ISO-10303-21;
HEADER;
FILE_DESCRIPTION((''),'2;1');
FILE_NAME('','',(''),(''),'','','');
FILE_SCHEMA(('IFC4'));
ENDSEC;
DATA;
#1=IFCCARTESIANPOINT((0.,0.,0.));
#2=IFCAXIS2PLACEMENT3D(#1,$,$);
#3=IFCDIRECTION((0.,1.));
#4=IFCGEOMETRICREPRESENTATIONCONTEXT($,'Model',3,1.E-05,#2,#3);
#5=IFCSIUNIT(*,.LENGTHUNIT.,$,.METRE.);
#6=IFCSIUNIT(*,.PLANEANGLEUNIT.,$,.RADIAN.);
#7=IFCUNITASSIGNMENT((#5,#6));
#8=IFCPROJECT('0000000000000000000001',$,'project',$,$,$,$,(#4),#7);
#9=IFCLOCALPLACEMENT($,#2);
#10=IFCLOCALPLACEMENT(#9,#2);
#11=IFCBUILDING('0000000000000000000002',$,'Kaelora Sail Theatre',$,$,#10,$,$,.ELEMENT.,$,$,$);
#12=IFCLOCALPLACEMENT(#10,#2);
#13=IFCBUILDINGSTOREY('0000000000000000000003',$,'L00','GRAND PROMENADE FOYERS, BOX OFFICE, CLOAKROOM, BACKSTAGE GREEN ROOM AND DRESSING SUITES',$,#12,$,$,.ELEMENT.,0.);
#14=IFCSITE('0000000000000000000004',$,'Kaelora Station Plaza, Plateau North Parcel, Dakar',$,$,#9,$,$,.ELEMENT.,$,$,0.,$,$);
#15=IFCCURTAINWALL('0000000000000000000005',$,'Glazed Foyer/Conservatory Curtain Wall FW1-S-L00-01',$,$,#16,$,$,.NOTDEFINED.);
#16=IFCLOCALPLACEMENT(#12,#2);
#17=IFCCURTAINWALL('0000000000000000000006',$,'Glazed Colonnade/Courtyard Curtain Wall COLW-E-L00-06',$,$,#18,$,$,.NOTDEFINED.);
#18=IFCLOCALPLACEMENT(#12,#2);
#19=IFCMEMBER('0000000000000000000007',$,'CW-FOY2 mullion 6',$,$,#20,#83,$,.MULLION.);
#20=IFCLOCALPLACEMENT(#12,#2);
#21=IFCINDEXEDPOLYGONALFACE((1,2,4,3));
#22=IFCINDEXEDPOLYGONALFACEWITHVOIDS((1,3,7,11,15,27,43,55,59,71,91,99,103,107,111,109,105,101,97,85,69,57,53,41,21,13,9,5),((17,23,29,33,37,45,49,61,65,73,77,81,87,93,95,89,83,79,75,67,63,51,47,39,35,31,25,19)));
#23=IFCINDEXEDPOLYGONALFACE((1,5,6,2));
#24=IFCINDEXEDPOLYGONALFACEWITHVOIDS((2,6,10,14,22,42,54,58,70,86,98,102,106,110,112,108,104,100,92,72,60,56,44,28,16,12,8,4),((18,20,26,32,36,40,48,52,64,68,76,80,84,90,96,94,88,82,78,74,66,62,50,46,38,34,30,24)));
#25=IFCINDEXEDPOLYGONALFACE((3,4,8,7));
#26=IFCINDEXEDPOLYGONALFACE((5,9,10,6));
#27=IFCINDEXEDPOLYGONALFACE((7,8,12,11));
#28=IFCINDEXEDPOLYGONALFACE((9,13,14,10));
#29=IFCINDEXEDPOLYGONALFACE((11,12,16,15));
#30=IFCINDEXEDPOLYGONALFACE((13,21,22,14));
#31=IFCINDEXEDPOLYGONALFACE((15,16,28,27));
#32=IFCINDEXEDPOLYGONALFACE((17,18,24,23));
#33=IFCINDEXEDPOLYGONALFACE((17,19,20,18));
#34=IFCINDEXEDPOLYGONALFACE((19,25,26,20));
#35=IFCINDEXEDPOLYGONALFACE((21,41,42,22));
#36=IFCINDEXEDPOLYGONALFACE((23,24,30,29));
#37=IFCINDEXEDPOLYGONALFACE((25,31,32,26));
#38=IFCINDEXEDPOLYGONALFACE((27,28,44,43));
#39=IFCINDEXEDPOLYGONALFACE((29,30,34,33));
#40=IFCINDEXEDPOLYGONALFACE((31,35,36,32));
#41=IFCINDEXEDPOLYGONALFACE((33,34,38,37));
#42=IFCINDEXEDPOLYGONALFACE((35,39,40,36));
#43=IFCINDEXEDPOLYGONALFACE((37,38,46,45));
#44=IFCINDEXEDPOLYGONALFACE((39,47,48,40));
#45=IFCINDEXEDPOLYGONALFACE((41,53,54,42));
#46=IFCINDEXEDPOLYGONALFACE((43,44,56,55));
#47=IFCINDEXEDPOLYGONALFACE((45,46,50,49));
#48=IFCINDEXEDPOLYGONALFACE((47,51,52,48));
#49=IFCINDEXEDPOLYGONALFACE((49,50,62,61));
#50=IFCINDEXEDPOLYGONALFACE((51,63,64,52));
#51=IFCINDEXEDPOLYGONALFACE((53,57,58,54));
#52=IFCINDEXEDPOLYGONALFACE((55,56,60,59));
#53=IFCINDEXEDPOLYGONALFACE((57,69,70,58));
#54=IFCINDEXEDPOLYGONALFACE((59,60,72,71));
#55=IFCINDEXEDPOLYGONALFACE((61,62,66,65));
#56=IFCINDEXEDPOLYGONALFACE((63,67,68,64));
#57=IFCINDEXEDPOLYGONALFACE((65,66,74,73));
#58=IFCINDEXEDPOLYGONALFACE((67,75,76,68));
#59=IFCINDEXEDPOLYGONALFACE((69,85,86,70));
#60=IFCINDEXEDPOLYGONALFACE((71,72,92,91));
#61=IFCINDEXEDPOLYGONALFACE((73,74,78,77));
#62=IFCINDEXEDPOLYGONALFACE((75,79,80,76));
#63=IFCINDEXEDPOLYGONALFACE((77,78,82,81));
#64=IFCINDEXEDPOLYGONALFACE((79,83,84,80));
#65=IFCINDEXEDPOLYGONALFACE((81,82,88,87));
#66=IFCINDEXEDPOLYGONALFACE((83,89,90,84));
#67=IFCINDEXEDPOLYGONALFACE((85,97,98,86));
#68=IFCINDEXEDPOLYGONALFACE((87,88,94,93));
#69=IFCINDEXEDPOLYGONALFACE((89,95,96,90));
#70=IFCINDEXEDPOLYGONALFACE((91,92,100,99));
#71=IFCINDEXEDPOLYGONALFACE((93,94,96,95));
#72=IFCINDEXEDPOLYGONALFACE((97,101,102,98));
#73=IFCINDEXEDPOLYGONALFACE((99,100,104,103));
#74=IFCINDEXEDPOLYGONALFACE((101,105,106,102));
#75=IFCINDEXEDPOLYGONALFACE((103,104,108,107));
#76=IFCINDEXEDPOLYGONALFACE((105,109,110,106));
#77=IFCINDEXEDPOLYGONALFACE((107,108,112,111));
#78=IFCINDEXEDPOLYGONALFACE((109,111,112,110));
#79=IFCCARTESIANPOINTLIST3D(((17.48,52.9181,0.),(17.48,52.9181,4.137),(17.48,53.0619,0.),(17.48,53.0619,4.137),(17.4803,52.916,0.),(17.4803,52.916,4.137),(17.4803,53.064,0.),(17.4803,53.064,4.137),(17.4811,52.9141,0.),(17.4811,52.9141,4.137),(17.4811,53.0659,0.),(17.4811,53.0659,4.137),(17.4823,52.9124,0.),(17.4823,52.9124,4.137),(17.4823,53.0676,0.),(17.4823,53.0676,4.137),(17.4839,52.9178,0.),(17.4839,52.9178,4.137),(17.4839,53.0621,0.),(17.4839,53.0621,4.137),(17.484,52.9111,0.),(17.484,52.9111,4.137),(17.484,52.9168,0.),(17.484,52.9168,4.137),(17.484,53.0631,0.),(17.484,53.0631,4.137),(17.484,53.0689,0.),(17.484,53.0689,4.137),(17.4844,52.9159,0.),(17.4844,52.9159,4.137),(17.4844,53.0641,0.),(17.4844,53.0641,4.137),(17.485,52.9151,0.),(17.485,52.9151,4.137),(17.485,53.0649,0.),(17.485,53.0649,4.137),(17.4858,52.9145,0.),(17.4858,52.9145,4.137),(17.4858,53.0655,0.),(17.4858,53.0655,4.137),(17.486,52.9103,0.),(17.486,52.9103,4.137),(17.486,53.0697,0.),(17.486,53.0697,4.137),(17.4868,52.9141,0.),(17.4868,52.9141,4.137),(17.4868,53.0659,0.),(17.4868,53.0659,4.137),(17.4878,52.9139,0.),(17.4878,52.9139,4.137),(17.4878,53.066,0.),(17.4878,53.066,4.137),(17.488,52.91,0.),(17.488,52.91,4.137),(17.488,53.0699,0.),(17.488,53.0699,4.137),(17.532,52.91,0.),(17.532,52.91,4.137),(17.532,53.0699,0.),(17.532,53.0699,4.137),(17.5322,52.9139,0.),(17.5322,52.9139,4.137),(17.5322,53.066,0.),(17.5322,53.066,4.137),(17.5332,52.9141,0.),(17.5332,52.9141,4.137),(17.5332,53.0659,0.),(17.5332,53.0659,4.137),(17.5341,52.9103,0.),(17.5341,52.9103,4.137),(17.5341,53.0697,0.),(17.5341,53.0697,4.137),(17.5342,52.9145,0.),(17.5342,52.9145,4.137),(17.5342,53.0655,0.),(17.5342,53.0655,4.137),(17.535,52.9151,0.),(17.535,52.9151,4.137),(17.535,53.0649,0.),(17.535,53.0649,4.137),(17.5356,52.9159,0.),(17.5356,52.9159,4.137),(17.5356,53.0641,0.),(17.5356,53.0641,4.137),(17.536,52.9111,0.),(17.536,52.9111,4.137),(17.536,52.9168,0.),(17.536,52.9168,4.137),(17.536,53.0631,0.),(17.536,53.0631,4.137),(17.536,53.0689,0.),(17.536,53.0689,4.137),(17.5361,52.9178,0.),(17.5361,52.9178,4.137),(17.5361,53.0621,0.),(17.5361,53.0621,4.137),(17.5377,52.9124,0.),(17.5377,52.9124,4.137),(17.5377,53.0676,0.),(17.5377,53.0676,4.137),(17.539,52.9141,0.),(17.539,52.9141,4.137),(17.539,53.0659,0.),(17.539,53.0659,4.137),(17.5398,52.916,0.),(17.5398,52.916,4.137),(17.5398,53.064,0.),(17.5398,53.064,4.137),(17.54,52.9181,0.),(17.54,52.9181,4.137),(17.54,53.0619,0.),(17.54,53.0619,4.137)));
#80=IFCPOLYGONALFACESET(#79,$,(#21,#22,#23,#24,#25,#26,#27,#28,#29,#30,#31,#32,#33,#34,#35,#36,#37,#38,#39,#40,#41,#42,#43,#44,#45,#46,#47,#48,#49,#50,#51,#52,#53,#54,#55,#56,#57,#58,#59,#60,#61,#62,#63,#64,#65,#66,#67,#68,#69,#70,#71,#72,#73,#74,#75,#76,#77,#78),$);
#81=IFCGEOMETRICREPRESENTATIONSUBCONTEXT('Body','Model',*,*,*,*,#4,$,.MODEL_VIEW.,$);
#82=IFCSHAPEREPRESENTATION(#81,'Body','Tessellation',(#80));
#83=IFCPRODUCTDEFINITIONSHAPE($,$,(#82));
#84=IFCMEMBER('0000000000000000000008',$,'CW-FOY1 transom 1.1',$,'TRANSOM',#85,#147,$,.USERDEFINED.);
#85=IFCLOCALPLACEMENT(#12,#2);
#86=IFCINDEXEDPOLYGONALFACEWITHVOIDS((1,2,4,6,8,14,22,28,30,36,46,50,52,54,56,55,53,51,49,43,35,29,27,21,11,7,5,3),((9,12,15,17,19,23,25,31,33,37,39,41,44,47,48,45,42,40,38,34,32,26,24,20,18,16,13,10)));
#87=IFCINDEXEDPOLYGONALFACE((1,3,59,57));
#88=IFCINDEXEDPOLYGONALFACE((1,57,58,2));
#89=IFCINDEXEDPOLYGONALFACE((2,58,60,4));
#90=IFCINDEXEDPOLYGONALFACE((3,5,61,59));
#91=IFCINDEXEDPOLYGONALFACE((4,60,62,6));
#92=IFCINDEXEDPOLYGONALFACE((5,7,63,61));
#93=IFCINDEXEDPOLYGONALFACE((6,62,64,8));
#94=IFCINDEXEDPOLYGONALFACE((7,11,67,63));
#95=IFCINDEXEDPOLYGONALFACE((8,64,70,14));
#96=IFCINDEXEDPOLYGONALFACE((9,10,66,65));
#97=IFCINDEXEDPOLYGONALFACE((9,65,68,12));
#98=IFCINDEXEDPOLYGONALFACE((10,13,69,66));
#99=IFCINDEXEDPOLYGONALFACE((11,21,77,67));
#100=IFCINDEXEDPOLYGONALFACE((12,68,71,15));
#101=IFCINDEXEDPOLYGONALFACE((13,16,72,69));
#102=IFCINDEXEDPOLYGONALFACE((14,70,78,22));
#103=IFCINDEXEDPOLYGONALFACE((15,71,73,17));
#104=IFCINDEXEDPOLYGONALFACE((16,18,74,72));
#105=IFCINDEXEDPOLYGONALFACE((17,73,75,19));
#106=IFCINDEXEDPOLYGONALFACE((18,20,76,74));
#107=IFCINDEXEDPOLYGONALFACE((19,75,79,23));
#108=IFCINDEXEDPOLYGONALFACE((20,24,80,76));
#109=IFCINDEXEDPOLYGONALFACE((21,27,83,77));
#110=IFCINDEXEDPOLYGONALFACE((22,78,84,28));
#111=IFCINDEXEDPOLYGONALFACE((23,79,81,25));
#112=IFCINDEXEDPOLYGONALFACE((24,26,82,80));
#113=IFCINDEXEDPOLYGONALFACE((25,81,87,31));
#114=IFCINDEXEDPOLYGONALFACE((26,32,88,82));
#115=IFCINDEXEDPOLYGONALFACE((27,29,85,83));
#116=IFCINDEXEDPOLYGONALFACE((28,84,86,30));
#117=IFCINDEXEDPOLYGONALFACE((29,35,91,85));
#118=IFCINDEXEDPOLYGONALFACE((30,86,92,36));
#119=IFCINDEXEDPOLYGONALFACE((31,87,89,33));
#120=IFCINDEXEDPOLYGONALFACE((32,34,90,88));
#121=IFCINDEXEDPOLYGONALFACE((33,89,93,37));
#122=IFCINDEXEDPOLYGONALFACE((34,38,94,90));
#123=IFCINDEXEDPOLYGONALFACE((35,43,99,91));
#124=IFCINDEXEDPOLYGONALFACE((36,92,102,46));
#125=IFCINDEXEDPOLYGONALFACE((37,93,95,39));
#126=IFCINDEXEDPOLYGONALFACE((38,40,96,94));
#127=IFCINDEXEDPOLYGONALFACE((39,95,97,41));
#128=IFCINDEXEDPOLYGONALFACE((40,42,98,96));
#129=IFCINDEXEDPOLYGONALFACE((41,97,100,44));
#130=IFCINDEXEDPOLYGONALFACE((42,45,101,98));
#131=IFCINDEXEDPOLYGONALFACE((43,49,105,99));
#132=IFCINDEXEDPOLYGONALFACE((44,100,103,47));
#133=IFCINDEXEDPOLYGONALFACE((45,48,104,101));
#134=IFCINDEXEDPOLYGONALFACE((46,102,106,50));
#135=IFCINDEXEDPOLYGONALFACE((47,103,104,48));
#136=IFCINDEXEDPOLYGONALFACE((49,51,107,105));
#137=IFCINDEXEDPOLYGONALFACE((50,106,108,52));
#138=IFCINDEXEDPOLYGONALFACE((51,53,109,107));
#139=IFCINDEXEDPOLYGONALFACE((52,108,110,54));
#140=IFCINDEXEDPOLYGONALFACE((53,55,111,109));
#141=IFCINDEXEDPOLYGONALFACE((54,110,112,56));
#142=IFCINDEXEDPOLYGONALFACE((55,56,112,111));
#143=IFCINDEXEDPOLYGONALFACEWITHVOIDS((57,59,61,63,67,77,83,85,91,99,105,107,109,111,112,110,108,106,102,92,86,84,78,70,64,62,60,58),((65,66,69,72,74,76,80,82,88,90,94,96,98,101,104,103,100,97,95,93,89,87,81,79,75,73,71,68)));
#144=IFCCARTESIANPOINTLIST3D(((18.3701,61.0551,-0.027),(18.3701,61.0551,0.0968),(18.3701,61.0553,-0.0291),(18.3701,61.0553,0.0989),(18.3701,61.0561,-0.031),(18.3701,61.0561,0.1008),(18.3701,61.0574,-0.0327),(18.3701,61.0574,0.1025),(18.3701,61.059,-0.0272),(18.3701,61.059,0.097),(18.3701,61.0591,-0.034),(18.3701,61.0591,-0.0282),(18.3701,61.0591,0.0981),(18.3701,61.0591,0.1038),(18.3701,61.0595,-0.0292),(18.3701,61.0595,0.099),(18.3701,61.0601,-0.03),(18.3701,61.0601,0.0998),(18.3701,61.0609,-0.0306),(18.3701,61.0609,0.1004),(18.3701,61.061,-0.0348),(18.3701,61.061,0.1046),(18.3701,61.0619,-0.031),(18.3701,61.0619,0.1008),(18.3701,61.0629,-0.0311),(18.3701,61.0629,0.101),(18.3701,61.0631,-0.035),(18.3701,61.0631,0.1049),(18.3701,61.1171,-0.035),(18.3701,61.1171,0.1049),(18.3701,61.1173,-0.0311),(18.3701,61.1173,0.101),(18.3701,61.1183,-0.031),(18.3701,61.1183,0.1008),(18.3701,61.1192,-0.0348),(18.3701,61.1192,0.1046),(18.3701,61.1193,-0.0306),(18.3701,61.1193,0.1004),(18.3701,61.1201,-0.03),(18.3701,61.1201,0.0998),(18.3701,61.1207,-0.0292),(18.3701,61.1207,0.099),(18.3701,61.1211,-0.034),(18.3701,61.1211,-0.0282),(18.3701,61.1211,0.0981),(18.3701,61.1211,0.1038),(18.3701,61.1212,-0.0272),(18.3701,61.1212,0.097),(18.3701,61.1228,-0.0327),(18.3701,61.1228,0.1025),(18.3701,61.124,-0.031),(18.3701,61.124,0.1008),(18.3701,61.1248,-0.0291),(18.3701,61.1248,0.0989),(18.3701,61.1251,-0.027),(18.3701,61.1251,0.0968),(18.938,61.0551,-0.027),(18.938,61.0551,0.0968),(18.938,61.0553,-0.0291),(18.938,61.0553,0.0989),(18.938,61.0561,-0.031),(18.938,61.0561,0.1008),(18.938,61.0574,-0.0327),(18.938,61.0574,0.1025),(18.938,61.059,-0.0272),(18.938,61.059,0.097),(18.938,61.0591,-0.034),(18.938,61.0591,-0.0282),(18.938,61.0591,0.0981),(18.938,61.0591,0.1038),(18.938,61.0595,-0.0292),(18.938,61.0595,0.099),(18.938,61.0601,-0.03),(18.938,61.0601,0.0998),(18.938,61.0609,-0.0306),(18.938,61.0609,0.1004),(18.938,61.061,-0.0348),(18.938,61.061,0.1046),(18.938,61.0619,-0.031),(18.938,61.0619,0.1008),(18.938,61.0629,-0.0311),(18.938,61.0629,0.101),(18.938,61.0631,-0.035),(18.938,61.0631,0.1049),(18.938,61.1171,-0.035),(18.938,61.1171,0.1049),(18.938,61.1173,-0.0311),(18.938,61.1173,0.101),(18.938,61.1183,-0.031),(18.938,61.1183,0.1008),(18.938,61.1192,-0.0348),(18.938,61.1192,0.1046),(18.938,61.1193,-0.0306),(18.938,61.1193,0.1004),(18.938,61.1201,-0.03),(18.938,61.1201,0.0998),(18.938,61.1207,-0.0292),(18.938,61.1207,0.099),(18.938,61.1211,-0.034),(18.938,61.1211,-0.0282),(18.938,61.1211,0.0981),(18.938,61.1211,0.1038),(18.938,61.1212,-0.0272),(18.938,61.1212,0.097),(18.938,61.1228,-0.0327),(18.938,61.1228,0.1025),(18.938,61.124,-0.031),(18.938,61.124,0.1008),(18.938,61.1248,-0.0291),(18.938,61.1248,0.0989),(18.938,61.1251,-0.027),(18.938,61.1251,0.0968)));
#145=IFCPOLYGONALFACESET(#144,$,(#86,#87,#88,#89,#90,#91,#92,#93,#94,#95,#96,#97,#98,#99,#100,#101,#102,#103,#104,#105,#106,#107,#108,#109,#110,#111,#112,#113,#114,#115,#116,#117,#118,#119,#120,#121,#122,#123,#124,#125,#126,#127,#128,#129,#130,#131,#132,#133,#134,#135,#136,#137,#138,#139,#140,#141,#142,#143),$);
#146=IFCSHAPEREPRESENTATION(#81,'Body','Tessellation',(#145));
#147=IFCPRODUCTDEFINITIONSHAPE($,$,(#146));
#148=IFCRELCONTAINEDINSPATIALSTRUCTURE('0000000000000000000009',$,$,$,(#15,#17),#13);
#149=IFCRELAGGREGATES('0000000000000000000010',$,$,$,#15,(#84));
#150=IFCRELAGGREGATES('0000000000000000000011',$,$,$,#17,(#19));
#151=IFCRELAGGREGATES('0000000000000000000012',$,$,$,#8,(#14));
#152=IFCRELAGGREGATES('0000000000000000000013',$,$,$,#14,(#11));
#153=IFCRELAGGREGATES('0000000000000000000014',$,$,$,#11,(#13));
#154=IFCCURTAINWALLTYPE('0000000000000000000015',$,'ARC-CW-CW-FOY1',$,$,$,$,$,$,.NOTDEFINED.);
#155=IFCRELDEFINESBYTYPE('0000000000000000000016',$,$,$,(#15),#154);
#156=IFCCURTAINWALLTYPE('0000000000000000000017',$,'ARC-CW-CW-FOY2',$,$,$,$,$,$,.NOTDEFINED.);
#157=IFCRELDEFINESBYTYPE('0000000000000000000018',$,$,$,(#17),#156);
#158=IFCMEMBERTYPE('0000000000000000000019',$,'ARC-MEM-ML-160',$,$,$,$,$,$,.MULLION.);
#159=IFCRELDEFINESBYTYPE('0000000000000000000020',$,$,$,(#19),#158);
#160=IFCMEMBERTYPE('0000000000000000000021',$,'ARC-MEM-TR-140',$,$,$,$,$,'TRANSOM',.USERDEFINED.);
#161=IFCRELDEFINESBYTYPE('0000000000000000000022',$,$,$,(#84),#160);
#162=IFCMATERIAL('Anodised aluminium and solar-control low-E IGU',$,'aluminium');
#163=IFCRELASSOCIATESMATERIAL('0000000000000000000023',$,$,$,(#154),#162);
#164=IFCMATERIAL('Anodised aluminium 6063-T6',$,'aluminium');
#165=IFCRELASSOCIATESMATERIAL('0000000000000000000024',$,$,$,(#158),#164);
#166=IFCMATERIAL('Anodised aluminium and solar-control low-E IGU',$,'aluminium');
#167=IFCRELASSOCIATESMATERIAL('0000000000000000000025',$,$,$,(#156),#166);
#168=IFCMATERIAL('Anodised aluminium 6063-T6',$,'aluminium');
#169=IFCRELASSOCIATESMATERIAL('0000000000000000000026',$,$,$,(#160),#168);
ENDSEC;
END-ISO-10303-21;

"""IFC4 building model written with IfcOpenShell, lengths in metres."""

from ifc_helpers import new_model, si_unit, direction, frame, origin, origin_2d, place, context, subcontext, project, spatial, hollow_rectangle, extrude, material, material_profile, profile_set, type_object, element, aggregate, save


model = new_model("IFC4")

# Units and contexts
model_context = context("Model", 3, precision=1e-05, world=origin(), true_north=direction((0.0, 1.0)))
body_context = subcontext(model_context, "Body", "Model", "MODEL_VIEW")
ifc_project = project(units=[si_unit("LENGTHUNIT", "METRE"), si_unit("PLANEANGLEUNIT", "RADIAN")], contexts=[model_context])

# Site, building, storey
site_placement = place(None, origin())
site = spatial("IfcSite", under=ifc_project, at=site_placement, Name="Kaelora Station Plaza, Plateau North Parcel, Dakar", CompositionType="ELEMENT", RefElevation=0.0)
building_placement = place(site_placement, origin())
building = spatial("IfcBuilding", under=site, at=building_placement, Name="Kaelora Sail Theatre", CompositionType="ELEMENT")
storey_placement = place(building_placement, origin())
storey = spatial("IfcBuildingStorey", under=building, at=storey_placement, Name="L00", Description="GRAND PROMENADE FOYERS, BOX OFFICE, CLOAKROOM, BACKSTAGE GREEN ROOM AND DRESSING SUITES", CompositionType="ELEMENT", Elevation=0.0)

# Curtain wall
ifc_material_1 = material(Name="Anodised aluminium and solar-control low-E IGU", Category="aluminium")
curtain_wall_type_1 = type_object("IfcCurtainWallType", Name="ARC-CW-CW-FOY1", PredefinedType="NOTDEFINED", material=ifc_material_1)
curtain_wall_1_placement = place(storey_placement, origin())
curtain_wall_1 = element("IfcCurtainWall", 1, at=curtain_wall_1_placement, inside=storey, type_object=curtain_wall_type_1, Name="Glazed Foyer/Conservatory Curtain Wall FW1-S-L00-01", PredefinedType="NOTDEFINED")
ifc_material_2 = material(Name="Anodised aluminium 6063-T6", Category="aluminium")
ifc_material_profile_1 = material_profile(ifc_material_2, hollow_rectangle(XDim=0.0601, YDim=0.1599, WallThickness=0.0039, InnerFilletRadius=0.0039, OuterFilletRadius=0.0081, at=origin_2d()), Name="ALU-MULL 60x160x4")
ifc_profile_set_1 = profile_set([ifc_material_profile_1], Name="Anodised aluminium 6063-T6")
member_type_1 = type_object("IfcMemberType", Name="ARC-MEM-ML-160", PredefinedType="MULLION", material=ifc_profile_set_1)

# Curtain wall, member
ifc_material_3 = material(Name="Anodised aluminium and solar-control low-E IGU", Category="aluminium")
curtain_wall_type_2 = type_object("IfcCurtainWallType", Name="ARC-CW-CW-FOY2", PredefinedType="NOTDEFINED", material=ifc_material_3)
curtain_wall_2_placement = place(storey_placement, origin())
curtain_wall_2 = element("IfcCurtainWall", 2, at=curtain_wall_2_placement, inside=storey, type_object=curtain_wall_type_2, Name="Glazed Colonnade/Courtyard Curtain Wall COLW-E-L00-06", PredefinedType="NOTDEFINED")
member_1_placement = place(storey_placement, frame((17.51, 52.99, 0.0), z_axis=(0.0, 0.0, 1.0), x_axis=(-1.0, 0.0, 0.0)))
member_1 = element("IfcMember", 3, at=member_1_placement, type_object=member_type_1, Name="CW-FOY2 mullion 6", PredefinedType="MULLION", context=body_context, shape_type="SweptSolid", body=[
    extrude(hollow_rectangle(XDim=0.0601, YDim=0.1599, WallThickness=0.0039, InnerFilletRadius=0.0039, OuterFilletRadius=0.0081, at=origin_2d()), origin(), (0.0, 0.0, 1.0), 4.137),
])

# Member
ifc_material_4 = material(Name="Anodised aluminium 6063-T6", Category="aluminium")
ifc_material_profile_2 = material_profile(ifc_material_4, hollow_rectangle(XDim=0.0701, YDim=0.1399, WallThickness=0.0039, InnerFilletRadius=0.0039, OuterFilletRadius=0.0081, at=origin_2d()), Name="ALU-TRAN 70x140x4")
ifc_profile_set_2 = profile_set([ifc_material_profile_2], Name="Anodised aluminium 6063-T6")
member_type_2 = type_object("IfcMemberType", Name="ARC-MEM-TR-140", ElementType="TRANSOM", PredefinedType="USERDEFINED", material=ifc_profile_set_2)
member_2_placement = place(storey_placement, frame((18.3701, 61.0901, 0.0349), z_axis=(1.0, 0.0, 0.0), x_axis=(0.0, 1.0, 0.0)))
member_2 = element("IfcMember", 4, at=member_2_placement, type_object=member_type_2, Name="CW-FOY1 transom 1.1", ObjectType="TRANSOM", PredefinedType="USERDEFINED", context=body_context, shape_type="SweptSolid", body=[
    extrude(hollow_rectangle(XDim=0.0701, YDim=0.1399, WallThickness=0.0039, InnerFilletRadius=0.0039, OuterFilletRadius=0.0081, at=origin_2d()), origin(), (0.0, 0.0, 1.0), 0.5679),
])

aggregate(curtain_wall_1, [member_2])
aggregate(curtain_wall_2, [member_1])

save(model, "model.ifc")
